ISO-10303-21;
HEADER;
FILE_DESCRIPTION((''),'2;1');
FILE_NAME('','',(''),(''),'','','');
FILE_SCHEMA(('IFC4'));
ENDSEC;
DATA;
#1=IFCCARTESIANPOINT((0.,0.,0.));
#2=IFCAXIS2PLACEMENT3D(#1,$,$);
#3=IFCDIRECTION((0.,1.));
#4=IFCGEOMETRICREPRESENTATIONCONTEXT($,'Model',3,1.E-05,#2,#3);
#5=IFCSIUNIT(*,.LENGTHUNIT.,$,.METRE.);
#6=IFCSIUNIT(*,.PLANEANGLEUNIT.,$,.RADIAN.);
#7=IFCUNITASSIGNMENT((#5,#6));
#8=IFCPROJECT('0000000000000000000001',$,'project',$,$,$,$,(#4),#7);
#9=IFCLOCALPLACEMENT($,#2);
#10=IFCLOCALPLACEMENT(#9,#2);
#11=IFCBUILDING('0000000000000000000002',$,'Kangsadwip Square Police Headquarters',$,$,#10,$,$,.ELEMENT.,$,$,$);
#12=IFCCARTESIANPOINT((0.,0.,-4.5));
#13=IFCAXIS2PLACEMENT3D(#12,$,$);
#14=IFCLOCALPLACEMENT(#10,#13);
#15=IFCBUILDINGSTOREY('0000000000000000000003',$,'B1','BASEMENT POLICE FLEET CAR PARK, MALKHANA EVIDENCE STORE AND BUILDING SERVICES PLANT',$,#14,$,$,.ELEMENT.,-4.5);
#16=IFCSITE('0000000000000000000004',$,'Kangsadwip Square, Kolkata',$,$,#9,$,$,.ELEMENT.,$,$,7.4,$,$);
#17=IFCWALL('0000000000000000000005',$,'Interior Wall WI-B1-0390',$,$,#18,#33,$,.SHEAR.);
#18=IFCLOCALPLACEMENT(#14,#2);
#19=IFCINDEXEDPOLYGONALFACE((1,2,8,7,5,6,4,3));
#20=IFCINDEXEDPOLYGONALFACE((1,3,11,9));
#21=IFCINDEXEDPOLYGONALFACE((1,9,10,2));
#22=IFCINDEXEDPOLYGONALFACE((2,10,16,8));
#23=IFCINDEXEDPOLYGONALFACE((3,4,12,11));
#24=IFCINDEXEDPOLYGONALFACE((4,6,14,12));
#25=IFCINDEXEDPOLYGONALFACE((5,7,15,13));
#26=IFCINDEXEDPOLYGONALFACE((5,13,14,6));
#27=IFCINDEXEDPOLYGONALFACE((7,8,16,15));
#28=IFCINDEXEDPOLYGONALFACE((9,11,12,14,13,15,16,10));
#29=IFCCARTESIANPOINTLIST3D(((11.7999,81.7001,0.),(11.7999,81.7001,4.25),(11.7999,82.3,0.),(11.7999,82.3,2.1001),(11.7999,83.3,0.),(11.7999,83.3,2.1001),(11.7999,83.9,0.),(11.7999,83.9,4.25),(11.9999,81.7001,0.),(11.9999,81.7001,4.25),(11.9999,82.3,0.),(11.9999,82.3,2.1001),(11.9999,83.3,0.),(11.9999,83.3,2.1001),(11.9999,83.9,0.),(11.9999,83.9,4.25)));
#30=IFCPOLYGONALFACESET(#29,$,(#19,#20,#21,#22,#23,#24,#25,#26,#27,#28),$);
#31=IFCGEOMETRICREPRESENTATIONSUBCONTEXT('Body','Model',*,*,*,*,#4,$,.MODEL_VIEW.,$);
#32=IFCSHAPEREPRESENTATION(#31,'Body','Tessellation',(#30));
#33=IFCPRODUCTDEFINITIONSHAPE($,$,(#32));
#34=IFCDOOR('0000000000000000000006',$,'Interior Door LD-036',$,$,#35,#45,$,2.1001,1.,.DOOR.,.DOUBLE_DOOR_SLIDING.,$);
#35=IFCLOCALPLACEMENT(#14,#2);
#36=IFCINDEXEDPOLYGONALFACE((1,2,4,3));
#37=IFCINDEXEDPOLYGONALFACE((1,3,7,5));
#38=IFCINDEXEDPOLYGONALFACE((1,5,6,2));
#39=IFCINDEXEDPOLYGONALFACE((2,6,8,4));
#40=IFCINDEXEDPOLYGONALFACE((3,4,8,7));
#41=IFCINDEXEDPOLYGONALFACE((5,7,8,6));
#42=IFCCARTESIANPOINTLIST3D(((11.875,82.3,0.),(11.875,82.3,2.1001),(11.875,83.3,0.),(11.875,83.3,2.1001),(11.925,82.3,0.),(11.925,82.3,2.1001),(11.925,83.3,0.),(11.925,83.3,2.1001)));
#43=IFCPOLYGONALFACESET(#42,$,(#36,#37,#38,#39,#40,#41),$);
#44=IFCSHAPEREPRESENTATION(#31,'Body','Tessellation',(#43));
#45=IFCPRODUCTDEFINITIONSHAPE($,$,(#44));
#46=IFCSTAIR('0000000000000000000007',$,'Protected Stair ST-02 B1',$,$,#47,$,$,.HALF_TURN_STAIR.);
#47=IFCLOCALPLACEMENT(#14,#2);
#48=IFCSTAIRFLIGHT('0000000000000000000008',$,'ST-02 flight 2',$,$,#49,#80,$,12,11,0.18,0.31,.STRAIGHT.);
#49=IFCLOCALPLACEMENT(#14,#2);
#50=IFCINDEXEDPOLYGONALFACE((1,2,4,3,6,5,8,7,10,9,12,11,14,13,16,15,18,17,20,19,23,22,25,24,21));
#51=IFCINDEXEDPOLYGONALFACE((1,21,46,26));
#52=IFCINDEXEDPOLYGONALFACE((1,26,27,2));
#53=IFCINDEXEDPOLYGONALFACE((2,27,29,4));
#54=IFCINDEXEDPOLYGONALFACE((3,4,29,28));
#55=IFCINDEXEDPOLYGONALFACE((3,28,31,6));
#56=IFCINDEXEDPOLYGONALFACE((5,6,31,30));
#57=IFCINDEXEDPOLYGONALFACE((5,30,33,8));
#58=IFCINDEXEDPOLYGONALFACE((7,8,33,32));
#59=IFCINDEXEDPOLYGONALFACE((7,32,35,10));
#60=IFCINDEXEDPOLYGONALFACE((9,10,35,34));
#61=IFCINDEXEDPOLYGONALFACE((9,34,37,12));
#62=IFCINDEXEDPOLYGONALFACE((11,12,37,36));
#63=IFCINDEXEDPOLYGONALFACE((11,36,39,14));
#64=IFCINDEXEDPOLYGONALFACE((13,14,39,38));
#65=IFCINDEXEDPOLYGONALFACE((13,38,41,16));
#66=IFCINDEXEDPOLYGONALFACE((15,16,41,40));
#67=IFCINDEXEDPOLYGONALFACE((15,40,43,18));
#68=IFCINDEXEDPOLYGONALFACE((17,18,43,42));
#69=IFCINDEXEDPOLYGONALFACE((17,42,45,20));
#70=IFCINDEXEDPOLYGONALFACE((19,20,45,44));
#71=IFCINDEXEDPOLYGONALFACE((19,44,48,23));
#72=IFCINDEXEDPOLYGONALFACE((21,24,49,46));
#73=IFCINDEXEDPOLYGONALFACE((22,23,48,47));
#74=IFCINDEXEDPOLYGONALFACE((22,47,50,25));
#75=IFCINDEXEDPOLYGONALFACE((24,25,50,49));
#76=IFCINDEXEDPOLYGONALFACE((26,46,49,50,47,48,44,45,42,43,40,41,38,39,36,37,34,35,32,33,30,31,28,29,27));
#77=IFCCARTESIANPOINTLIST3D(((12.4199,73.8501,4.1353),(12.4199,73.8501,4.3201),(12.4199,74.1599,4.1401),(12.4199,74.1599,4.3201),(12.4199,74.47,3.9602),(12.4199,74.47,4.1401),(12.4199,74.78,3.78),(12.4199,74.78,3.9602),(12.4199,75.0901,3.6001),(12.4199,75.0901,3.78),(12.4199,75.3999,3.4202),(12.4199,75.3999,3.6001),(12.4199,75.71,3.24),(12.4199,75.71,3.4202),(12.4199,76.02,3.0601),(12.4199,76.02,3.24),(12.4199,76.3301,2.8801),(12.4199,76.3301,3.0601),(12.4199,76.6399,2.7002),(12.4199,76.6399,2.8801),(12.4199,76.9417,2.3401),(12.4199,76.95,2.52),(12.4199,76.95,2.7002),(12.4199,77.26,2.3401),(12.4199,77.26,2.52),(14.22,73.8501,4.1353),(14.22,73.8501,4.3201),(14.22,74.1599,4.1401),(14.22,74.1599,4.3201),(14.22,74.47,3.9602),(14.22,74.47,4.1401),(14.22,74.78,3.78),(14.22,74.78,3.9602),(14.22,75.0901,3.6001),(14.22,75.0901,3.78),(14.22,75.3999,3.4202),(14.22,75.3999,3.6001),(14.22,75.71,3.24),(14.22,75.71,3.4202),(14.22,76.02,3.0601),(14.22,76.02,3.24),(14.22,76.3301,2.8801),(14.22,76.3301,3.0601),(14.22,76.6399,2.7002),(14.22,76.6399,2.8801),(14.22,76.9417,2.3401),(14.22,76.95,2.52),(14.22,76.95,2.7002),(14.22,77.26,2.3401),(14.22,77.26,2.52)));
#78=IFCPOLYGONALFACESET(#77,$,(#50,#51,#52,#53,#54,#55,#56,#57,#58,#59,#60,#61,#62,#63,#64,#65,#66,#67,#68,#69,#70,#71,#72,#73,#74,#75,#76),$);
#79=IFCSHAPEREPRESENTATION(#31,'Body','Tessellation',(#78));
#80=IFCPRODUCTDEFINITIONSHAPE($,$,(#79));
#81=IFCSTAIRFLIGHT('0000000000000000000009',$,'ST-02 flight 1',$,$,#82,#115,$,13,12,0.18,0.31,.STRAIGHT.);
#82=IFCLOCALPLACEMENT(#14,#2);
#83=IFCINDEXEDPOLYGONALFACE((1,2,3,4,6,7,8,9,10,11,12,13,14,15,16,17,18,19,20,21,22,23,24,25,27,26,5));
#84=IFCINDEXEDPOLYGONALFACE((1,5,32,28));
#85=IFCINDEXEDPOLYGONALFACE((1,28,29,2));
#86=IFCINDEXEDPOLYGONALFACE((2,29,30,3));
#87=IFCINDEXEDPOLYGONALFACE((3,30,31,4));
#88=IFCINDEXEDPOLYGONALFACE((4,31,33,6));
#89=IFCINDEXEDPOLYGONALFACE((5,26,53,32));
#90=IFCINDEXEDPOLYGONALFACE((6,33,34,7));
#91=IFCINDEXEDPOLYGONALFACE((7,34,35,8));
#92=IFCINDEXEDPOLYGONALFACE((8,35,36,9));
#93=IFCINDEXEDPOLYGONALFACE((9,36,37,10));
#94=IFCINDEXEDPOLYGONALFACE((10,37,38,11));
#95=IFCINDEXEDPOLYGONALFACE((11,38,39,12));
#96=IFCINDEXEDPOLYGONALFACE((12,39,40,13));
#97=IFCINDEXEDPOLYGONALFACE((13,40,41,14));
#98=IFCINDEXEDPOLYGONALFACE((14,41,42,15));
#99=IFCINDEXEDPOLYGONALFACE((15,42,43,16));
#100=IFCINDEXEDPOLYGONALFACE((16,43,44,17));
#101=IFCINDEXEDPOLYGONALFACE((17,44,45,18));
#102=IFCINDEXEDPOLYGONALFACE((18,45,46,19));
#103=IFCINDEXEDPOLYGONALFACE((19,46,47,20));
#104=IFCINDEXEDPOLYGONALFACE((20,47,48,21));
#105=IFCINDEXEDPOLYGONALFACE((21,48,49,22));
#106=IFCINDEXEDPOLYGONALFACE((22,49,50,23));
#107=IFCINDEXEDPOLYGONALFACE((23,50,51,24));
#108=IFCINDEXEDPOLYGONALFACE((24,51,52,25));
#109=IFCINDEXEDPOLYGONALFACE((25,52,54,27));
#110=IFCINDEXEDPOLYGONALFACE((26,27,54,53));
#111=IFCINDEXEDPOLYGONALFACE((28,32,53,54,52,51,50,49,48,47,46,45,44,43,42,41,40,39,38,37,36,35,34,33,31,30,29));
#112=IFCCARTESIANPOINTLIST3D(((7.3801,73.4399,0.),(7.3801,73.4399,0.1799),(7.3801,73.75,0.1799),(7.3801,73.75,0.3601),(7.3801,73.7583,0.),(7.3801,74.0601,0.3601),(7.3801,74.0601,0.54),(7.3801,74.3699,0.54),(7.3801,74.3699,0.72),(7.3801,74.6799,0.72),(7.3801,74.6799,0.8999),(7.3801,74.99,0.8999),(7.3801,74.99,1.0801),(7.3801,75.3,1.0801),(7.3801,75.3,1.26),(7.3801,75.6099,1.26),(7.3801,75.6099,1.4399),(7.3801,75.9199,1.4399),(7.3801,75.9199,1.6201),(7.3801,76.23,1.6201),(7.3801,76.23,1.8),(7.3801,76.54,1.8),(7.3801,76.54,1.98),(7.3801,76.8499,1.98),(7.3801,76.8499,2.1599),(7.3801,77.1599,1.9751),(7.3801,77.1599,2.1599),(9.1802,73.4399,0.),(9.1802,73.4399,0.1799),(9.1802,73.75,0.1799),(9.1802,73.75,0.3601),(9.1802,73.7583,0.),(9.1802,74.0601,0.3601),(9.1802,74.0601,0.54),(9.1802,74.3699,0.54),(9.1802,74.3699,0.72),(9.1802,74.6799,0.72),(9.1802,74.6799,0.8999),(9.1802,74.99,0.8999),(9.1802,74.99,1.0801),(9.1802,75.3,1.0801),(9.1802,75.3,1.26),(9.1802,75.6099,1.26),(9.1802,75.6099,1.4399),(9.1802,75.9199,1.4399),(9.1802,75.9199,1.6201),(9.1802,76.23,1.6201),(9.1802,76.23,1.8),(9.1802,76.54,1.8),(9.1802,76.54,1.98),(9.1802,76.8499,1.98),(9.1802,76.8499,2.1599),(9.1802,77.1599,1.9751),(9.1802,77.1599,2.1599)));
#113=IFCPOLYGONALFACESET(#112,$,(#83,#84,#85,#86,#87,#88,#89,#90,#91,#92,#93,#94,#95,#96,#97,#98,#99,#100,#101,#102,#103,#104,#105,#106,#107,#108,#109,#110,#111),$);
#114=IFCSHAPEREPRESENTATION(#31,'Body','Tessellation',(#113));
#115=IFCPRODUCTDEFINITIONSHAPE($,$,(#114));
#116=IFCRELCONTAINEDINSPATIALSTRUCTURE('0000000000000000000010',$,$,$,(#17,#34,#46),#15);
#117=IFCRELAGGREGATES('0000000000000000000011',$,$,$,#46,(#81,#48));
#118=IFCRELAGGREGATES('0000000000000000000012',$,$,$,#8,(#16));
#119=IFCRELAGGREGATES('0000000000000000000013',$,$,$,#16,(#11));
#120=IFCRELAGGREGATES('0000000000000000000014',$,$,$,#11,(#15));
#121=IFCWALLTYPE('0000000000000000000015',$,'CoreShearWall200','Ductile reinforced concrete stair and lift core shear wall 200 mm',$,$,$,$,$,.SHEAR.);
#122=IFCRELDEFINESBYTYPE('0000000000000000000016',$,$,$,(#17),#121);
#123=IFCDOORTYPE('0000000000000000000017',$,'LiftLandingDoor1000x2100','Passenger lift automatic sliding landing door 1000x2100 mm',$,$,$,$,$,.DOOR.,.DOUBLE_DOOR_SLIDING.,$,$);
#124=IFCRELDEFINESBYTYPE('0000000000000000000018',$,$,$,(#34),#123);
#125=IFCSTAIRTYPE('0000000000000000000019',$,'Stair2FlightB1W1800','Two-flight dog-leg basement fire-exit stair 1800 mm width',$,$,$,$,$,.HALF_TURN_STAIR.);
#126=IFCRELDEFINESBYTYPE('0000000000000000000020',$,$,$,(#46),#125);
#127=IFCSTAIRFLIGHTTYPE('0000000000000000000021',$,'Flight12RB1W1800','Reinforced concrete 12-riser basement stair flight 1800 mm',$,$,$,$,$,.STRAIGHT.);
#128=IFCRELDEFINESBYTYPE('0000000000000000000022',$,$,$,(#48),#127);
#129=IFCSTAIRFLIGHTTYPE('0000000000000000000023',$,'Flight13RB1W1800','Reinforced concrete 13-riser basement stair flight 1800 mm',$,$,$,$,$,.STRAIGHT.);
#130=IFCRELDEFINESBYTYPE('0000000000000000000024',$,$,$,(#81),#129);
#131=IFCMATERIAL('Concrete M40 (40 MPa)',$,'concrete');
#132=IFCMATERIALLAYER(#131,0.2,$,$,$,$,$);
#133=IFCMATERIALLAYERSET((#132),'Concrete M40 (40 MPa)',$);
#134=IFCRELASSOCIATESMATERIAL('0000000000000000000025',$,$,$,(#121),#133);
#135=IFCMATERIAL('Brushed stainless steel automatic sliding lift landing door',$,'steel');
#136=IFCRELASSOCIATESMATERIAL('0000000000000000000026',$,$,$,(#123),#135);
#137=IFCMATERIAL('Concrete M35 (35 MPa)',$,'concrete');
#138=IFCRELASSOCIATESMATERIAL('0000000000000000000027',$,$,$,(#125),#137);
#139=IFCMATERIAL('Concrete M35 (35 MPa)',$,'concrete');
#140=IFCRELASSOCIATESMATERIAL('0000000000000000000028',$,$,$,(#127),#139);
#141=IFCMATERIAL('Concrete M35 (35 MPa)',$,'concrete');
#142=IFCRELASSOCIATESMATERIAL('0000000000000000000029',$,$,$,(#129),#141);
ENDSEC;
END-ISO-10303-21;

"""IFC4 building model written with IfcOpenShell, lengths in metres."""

from ifc_helpers import new_model, si_unit, direction, frame, frame_2d, origin, place, context, subcontext, project, spatial, polyline, rectangle, outline, extrude, material, layer, layer_set, type_object, element, fill, aggregate, save


model = new_model("IFC4")

# Units and contexts
model_context = context("Model", 3, precision=1e-05, world=origin(), true_north=direction((0.0, 1.0)))
body_context = subcontext(model_context, "Body", "Model", "MODEL_VIEW")
ifc_project = project(units=[si_unit("LENGTHUNIT", "METRE"), si_unit("PLANEANGLEUNIT", "RADIAN")], contexts=[model_context])

# Site, building, storey
site_placement = place(None, origin())
site = spatial("IfcSite", under=ifc_project, at=site_placement, Name="Kangsadwip Square, Kolkata", CompositionType="ELEMENT", RefElevation=7.4)
building_placement = place(site_placement, origin())
building = spatial("IfcBuilding", under=site, at=building_placement, Name="Kangsadwip Square Police Headquarters", CompositionType="ELEMENT")
storey_placement = place(building_placement, frame((0.0, 0.0, -4.5)))
storey = spatial("IfcBuildingStorey", under=building, at=storey_placement, Name="B1", Description="BASEMENT POLICE FLEET CAR PARK, MALKHANA EVIDENCE STORE AND BUILDING SERVICES PLANT", CompositionType="ELEMENT", Elevation=-4.5)

# Shared definitions
ifc_material_1 = material(Name="Concrete M40 (40 MPa)", Category="concrete")
ifc_layer = layer(ifc_material_1, 0.2)
ifc_layer_set = layer_set([ifc_layer], Name="Concrete M40 (40 MPa)")
wall_type = type_object("IfcWallType", Name="CoreShearWall200", Description="Ductile reinforced concrete stair and lift core shear wall 200 mm", PredefinedType="SHEAR", material=ifc_layer_set)

# Wall, opening, door
wall_1_placement = place(storey_placement, frame((11.8999, 81.7, 0.0), z_axis=(0.0, 0.0, 1.0), x_axis=(0.0, 1.0, 0.0)))
wall_1 = element("IfcWall", 1, at=wall_1_placement, inside=storey, type_object=wall_type, Name="Interior Wall WI-B1-0390", PredefinedType="SHEAR", context=body_context, shape_type="SweptSolid", body=[
    extrude(rectangle(XDim=2.2, YDim=0.2, at=frame_2d((1.1001, 0.0))), origin(), (0.0, 0.0, 1.0), 4.25),
])
opening_1_placement = place(wall_1_placement, frame((0.6001, 0.0, 0.0)))
opening_1 = element("IfcOpeningElement", 2, at=opening_1_placement, cuts=wall_1, PredefinedType="OPENING", context=body_context, shape_type="SweptSolid", body=[
    extrude(rectangle(XDim=1.0, YDim=2.1001, at=frame_2d((0.5, 1.05))), frame((0.0, 0.1099, 0.0), z_axis=(0.0, -1.0, 0.0), x_axis=(1.0, 0.0, 0.0)), (0.0, 0.0, 1.0), 0.22),
])
ifc_material_2 = material(Name="Brushed stainless steel automatic sliding lift landing door", Category="steel")
door_type_1 = type_object("IfcDoorType", Name="LiftLandingDoor1000x2100", Description="Passenger lift automatic sliding landing door 1000x2100 mm", OperationType="DOUBLE_DOOR_SLIDING", PredefinedType="DOOR", material=ifc_material_2)
door_1_placement = place(opening_1_placement, origin())
door_1 = element("IfcDoor", 3, at=door_1_placement, inside=storey, type_object=door_type_1, Name="Interior Door LD-036", OperationType="DOUBLE_DOOR_SLIDING", OverallHeight=2.1001, OverallWidth=1.0, PredefinedType="DOOR", context=body_context, shape_type="SweptSolid", body=[
    extrude(rectangle(XDim=1.0, YDim=2.1001, at=frame_2d((0.5, 1.05))), frame((0.0, 0.0249, 0.0), z_axis=(0.0, -1.0, 0.0), x_axis=(1.0, 0.0, 0.0)), (0.0, 0.0, 1.0), 0.05),
])
fill(opening_1, door_1)

# Stair, stair flights
ifc_material_3 = material(Name="Concrete M35 (35 MPa)", Category="concrete")
stair_type = type_object("IfcStairType", Name="Stair2FlightB1W1800", Description="Two-flight dog-leg basement fire-exit stair 1800 mm width", PredefinedType="HALF_TURN_STAIR", material=ifc_material_3)
stair_placement = place(storey_placement, origin())
stair = element("IfcStair", 4, at=stair_placement, inside=storey, type_object=stair_type, Name="Protected Stair ST-02 B1", PredefinedType="HALF_TURN_STAIR")
ifc_material_4 = material(Name="Concrete M35 (35 MPa)", Category="concrete")
stair_flight_type_1 = type_object("IfcStairFlightType", Name="Flight12RB1W1800", Description="Reinforced concrete 12-riser basement stair flight 1800 mm", PredefinedType="STRAIGHT", material=ifc_material_4)
stair_flight_1_placement = place(storey_placement, frame((13.3201, 77.26, 2.3401), z_axis=(0.0, 0.0, 1.0), x_axis=(0.0, -1.0, 0.0)))
stair_flight_1 = element("IfcStairFlight", 5, at=stair_flight_1_placement, type_object=stair_flight_type_1, Name="ST-02 flight 2", NumberOfRisers=12, NumberOfTreads=11, PredefinedType="STRAIGHT", RiserHeight=0.18, TreadLength=0.31, context=body_context, shape_type="SweptSolid", body=[
    extrude(outline(polyline([(0.0, 0.0), (0.0, 0.1799), (0.3101, 0.1799), (0.3101, 0.3601), (0.6201, 0.3601), (0.6201, 0.54), (0.9299, 0.54), (0.9299, 0.72), (1.24, 0.72), (1.24, 0.8999), (1.55, 0.8999), (1.55, 1.0801), (1.8601, 1.0801), (1.8601, 1.26), (2.1699, 1.26), (2.1699, 1.4399), (2.48, 1.4399), (2.48, 1.6201), (2.79, 1.6201), (2.79, 1.8), (3.1001, 1.8), (3.1001, 1.98), (3.4099, 1.98), (3.4099, 2.1599), (3.4099, 1.7952), (0.3184, 0.0), (0.0, 0.0)])), frame((0.0, 0.8999, 0.0), z_axis=(0.0, -1.0, 0.0), x_axis=(1.0, 0.0, 0.0)), (0.0, 0.0, 1.0), 1.8),
])
ifc_material_5 = material(Name="Concrete M35 (35 MPa)", Category="concrete")
stair_flight_type_2 = type_object("IfcStairFlightType", Name="Flight13RB1W1800", Description="Reinforced concrete 13-riser basement stair flight 1800 mm", PredefinedType="STRAIGHT", material=ifc_material_5)
stair_flight_2_placement = place(storey_placement, frame((8.28, 73.4399, 0.0), z_axis=(0.0, 0.0, 1.0), x_axis=(0.0, 1.0, 0.0)))
stair_flight_2 = element("IfcStairFlight", 6, at=stair_flight_2_placement, type_object=stair_flight_type_2, Name="ST-02 flight 1", NumberOfRisers=13, NumberOfTreads=12, PredefinedType="STRAIGHT", RiserHeight=0.18, TreadLength=0.31, context=body_context, shape_type="SweptSolid", body=[
    extrude(outline(polyline([(0.0, 0.0), (0.0, 0.1799), (0.3101, 0.1799), (0.3101, 0.3601), (0.6201, 0.3601), (0.6201, 0.54), (0.9299, 0.54), (0.9299, 0.72), (1.24, 0.72), (1.24, 0.8999), (1.55, 0.8999), (1.55, 1.0801), (1.8601, 1.0801), (1.8601, 1.26), (2.1699, 1.26), (2.1699, 1.4399), (2.48, 1.4399), (2.48, 1.6201), (2.79, 1.6201), (2.79, 1.8), (3.1001, 1.8), (3.1001, 1.98), (3.4099, 1.98), (3.4099, 2.1599), (3.72, 2.1599), (3.72, 2.3401), (3.72, 1.9751), (0.3184, 0.0), (0.0, 0.0)])), frame((0.0, 0.8999, 0.0), z_axis=(0.0, -1.0, 0.0), x_axis=(1.0, 0.0, 0.0)), (0.0, 0.0, 1.0), 1.8),
])
aggregate(stair, [stair_flight_2, stair_flight_1])

save(model, "model.ifc")
